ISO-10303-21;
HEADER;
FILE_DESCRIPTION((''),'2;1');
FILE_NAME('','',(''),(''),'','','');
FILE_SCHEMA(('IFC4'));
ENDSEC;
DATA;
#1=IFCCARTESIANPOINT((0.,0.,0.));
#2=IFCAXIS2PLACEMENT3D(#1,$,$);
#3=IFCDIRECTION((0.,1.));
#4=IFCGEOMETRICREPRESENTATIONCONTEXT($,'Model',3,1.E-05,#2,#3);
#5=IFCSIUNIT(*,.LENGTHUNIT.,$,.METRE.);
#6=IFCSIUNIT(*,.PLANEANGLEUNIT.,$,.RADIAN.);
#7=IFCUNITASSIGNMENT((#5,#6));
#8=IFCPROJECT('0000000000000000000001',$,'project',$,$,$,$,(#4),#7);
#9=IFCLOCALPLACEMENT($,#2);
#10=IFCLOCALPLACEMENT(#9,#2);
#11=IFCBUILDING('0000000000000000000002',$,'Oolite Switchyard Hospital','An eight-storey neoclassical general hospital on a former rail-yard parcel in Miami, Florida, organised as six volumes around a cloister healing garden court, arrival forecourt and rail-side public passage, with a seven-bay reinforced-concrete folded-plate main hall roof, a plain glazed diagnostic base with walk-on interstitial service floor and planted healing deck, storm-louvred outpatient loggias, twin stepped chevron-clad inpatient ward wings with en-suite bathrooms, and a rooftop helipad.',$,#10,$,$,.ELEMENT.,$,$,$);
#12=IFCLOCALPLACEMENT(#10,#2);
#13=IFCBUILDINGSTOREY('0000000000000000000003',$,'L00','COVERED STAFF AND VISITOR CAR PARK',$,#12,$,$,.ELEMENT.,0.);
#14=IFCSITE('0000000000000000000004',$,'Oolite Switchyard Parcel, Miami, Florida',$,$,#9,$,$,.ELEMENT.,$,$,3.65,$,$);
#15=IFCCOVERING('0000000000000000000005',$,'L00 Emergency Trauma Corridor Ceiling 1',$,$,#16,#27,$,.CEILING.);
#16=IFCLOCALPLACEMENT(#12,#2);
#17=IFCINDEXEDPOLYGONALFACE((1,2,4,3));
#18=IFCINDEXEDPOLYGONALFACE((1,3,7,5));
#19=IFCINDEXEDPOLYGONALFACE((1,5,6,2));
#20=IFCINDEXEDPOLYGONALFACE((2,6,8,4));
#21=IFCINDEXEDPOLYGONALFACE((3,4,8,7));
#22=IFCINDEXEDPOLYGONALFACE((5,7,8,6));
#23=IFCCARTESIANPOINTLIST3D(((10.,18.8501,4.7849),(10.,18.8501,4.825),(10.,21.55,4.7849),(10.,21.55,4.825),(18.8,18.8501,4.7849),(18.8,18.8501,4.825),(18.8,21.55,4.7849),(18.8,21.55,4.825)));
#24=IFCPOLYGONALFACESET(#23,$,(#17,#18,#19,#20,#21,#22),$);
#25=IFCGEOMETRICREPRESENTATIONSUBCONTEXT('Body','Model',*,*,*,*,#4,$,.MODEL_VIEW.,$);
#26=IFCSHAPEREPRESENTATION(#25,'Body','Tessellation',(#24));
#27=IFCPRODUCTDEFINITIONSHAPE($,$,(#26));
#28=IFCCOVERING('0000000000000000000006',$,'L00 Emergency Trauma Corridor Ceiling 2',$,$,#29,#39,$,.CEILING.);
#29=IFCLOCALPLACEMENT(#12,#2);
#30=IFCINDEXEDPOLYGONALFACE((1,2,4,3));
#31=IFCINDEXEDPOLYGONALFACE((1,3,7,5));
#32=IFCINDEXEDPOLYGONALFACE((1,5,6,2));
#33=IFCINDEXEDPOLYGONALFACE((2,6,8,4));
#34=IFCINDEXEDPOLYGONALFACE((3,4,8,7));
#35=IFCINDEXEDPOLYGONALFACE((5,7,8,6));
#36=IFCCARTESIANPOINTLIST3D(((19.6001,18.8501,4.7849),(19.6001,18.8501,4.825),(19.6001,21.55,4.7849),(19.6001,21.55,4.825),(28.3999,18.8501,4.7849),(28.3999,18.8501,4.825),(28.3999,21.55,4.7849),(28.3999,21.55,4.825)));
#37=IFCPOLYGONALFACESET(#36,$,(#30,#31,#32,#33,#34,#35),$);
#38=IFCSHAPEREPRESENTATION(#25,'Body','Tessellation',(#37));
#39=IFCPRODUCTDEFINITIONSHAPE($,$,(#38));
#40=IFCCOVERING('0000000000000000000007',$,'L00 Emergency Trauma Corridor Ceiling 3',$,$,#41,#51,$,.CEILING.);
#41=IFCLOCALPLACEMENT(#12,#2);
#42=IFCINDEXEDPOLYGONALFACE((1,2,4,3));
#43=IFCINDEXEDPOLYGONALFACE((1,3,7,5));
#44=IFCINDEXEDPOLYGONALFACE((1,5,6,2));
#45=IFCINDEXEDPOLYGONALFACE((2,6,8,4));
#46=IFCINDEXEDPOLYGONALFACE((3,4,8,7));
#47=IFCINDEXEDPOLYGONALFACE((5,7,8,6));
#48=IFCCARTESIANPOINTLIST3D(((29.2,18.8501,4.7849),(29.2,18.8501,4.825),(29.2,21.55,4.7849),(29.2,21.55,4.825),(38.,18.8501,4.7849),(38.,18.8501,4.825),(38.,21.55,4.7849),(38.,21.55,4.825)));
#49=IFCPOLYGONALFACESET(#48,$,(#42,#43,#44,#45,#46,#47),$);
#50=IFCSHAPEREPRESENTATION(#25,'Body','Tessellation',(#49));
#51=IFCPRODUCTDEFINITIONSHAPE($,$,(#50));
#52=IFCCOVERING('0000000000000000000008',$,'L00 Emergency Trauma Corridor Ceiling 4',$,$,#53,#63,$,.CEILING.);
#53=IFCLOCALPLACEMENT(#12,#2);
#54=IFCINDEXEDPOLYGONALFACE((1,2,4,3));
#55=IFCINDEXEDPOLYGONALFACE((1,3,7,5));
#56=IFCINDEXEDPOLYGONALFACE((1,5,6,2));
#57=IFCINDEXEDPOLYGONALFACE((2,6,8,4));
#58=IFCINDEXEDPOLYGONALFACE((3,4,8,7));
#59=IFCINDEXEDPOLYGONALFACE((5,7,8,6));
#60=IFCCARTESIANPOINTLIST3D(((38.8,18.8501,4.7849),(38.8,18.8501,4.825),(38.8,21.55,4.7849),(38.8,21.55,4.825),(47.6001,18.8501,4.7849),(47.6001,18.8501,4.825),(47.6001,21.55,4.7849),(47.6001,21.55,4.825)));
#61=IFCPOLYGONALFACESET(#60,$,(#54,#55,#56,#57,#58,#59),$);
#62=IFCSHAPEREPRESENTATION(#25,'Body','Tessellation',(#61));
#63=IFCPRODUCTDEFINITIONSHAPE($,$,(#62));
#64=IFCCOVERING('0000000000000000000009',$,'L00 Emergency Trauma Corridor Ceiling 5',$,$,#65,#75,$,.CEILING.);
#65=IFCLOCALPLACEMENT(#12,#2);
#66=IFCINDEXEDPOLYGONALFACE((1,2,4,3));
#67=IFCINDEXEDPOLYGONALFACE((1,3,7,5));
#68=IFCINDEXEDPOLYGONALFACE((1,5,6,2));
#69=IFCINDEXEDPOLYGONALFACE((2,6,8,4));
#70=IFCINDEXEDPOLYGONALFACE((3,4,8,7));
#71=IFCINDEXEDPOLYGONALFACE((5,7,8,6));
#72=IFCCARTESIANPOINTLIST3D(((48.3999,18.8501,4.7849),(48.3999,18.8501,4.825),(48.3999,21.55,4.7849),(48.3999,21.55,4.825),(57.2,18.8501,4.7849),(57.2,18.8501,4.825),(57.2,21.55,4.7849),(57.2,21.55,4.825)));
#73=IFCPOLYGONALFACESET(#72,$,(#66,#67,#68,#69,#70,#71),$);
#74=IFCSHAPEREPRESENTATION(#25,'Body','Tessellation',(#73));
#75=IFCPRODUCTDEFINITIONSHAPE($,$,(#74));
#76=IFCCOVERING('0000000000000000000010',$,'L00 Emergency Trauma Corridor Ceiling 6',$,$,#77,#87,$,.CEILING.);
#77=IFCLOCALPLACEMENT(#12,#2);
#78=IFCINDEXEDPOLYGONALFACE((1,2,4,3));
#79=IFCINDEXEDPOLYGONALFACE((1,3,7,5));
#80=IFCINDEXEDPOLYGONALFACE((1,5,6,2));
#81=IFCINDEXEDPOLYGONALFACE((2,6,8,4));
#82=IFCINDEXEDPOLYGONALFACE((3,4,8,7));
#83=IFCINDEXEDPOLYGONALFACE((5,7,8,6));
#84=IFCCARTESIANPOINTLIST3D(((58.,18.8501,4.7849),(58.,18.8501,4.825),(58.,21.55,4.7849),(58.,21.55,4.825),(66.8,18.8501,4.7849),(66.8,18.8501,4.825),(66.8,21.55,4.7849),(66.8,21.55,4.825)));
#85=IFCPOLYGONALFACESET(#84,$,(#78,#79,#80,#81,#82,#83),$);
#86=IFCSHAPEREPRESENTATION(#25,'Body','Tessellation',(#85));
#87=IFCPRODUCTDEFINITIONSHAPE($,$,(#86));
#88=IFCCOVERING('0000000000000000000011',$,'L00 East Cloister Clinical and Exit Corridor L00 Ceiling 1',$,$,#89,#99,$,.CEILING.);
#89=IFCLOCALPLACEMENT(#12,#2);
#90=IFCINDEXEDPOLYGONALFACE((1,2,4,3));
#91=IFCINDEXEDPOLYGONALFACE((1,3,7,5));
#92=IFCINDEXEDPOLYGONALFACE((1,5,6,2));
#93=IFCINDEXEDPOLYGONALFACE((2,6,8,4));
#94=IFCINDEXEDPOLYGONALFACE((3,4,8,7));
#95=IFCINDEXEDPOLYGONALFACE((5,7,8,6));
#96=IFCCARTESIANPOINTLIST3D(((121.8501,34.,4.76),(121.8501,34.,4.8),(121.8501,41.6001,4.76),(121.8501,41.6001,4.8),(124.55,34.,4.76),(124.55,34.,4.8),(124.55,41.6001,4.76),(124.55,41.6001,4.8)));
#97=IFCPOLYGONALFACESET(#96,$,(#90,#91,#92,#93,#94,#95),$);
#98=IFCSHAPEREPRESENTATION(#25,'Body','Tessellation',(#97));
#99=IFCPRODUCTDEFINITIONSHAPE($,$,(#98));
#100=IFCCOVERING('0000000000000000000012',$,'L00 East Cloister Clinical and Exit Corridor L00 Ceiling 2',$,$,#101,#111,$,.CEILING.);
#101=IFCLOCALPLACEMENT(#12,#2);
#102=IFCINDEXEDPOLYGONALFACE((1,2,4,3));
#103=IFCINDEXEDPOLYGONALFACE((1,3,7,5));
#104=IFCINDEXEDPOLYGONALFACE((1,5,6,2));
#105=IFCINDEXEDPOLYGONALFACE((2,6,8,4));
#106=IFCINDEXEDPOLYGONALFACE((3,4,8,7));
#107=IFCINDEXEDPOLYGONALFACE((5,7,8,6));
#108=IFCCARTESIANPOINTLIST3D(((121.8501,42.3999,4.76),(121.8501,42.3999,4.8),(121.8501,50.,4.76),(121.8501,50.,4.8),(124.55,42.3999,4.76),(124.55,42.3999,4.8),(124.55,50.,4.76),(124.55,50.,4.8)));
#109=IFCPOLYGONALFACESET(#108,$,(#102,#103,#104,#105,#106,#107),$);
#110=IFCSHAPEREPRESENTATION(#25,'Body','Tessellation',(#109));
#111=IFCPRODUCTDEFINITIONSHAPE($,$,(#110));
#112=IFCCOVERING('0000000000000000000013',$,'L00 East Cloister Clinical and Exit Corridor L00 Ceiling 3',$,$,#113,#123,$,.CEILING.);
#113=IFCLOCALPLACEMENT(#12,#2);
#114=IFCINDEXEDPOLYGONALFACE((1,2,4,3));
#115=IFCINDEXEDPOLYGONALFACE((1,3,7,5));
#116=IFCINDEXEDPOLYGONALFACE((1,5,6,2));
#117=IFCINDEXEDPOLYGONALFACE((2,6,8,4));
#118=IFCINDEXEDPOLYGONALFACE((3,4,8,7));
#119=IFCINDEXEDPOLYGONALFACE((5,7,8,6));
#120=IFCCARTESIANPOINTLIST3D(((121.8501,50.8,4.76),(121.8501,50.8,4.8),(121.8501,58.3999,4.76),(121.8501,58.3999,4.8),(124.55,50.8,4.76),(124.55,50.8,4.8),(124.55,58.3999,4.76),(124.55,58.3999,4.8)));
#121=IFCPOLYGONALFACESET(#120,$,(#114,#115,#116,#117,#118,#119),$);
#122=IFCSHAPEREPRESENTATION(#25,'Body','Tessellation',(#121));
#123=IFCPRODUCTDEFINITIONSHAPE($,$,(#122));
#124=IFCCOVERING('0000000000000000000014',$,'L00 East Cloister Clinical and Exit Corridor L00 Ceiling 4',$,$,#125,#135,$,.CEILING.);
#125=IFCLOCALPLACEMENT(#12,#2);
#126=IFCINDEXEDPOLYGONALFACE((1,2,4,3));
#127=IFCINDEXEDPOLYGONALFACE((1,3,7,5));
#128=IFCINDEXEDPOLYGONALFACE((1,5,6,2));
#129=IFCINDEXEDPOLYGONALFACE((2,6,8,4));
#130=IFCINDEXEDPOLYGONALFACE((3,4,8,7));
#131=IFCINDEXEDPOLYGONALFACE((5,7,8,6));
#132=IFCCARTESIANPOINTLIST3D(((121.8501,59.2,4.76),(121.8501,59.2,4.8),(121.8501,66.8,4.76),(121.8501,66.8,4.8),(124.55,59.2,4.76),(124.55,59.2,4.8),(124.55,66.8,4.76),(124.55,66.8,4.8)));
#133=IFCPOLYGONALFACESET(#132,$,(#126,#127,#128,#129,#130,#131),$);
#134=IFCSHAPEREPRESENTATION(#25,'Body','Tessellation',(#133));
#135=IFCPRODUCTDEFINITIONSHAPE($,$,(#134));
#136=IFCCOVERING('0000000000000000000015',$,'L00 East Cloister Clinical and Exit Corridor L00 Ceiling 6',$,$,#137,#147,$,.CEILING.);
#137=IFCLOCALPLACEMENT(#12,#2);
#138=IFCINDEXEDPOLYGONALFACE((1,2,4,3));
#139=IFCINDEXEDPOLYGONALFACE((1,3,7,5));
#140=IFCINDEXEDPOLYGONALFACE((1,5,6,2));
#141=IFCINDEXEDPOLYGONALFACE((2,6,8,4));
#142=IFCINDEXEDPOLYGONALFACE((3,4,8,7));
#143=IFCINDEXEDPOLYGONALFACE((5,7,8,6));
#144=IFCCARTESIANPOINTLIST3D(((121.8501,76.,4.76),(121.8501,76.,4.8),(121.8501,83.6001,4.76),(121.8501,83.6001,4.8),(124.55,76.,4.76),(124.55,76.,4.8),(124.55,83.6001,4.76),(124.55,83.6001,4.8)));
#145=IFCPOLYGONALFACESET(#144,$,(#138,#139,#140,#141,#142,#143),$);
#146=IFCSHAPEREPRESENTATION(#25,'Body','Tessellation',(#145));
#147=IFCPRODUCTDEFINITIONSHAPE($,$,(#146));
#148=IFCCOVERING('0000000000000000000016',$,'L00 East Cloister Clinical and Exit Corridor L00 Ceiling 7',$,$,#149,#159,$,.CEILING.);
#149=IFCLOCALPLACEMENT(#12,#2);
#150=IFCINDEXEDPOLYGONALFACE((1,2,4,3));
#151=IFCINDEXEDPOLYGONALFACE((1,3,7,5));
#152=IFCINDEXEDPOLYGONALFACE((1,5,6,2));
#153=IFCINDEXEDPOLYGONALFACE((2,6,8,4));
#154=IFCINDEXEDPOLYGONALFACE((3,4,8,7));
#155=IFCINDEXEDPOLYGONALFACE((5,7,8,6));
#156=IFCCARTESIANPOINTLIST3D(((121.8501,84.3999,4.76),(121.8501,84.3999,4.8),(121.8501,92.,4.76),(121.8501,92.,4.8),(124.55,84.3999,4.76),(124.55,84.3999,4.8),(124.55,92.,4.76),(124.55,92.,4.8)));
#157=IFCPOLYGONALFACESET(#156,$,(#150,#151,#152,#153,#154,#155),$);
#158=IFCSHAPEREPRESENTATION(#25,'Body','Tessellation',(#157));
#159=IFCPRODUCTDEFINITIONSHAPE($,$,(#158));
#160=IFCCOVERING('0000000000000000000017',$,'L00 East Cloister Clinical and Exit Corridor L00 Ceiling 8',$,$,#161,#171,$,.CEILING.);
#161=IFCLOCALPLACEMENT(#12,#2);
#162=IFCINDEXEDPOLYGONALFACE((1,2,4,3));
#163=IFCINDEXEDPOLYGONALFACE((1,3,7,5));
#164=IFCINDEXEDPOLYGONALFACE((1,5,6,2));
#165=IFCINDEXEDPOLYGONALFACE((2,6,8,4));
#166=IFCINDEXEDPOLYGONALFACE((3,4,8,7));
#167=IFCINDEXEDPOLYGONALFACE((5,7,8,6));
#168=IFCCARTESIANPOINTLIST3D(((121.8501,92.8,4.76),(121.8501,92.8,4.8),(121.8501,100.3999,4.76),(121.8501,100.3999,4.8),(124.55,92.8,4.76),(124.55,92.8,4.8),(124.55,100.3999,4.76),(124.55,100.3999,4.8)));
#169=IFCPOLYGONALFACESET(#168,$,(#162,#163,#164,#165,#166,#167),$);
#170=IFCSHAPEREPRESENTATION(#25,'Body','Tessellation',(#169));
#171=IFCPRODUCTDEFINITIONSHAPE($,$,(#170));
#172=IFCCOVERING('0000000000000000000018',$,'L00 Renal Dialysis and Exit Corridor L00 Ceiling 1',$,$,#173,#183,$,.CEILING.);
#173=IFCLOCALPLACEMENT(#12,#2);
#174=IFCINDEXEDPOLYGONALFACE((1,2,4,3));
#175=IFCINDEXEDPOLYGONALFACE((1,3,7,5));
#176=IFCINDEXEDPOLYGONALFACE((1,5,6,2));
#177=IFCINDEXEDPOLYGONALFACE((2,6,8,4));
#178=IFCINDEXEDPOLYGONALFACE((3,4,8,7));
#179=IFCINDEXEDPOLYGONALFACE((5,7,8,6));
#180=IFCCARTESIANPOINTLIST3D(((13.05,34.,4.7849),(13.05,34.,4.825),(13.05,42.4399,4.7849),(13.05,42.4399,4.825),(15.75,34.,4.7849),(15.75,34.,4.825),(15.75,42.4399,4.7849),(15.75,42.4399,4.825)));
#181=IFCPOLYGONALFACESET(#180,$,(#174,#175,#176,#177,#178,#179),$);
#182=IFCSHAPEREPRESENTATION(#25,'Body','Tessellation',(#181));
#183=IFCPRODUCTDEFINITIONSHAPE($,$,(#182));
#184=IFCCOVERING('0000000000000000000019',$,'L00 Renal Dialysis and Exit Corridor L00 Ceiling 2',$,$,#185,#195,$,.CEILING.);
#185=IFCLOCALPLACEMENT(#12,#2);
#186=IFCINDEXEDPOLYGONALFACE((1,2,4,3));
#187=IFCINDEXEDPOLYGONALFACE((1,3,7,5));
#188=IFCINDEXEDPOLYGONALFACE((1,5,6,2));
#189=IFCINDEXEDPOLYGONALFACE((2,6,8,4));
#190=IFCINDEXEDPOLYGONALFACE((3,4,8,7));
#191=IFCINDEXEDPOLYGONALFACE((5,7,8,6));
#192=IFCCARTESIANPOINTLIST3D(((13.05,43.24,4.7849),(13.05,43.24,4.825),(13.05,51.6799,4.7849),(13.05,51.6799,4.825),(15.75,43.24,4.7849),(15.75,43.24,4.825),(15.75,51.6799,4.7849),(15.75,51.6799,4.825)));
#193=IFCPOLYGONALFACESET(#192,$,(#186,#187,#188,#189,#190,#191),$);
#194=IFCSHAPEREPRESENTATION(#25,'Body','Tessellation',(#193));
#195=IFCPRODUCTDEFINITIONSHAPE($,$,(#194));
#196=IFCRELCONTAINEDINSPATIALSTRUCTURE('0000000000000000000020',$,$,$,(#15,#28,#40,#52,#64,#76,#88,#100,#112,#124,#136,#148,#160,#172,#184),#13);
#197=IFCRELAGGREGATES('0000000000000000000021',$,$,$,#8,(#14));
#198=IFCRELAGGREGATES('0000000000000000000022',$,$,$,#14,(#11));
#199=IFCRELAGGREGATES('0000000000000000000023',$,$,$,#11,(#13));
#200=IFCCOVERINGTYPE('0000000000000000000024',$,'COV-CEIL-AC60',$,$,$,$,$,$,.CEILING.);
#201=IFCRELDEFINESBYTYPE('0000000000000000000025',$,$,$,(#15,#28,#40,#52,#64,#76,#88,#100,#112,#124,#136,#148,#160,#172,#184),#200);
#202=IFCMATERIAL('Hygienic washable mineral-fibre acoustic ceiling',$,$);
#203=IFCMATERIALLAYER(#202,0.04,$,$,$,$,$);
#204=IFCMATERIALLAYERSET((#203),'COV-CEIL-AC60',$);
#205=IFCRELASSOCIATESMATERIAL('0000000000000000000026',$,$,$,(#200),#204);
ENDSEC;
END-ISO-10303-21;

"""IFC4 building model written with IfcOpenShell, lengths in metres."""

from ifc_helpers import new_model, si_unit, direction, frame, origin, place, context, subcontext, project, spatial, polyline, outline, extrude, material, layer, layer_set, type_object, element, save


model = new_model("IFC4")

# Units and contexts
model_context = context("Model", 3, precision=1e-05, world=origin(), true_north=direction((0.0, 1.0)))
body_context = subcontext(model_context, "Body", "Model", "MODEL_VIEW")
ifc_project = project(units=[si_unit("LENGTHUNIT", "METRE"), si_unit("PLANEANGLEUNIT", "RADIAN")], contexts=[model_context])

# Site, building, storey
site_placement = place(None, origin())
site = spatial("IfcSite", under=ifc_project, at=site_placement, Name="Oolite Switchyard Parcel, Miami, Florida", CompositionType="ELEMENT", RefElevation=3.65)
building_placement = place(site_placement, origin())
building = spatial("IfcBuilding", under=site, at=building_placement, Name="Oolite Switchyard Hospital", Description="An eight-storey neoclassical general hospital on a former rail-yard parcel in Miami, Florida, organised as six volumes around a cloister healing garden court, arrival forecourt and rail-side public passage, with a seven-bay reinforced-concrete folded-plate main hall roof, a plain glazed diagnostic base with walk-on interstitial service floor and planted healing deck, storm-louvred outpatient loggias, twin stepped chevron-clad inpatient ward wings with en-suite bathrooms, and a rooftop helipad.", CompositionType="ELEMENT")
storey_placement = place(building_placement, origin())
storey = spatial("IfcBuildingStorey", under=building, at=storey_placement, Name="L00", Description="COVERED STAFF AND VISITOR CAR PARK", CompositionType="ELEMENT", Elevation=0.0)

# Coverings
ifc_material = material(Name="Hygienic washable mineral-fibre acoustic ceiling")
ifc_layer = layer(ifc_material, 0.04)
ifc_layer_set = layer_set([ifc_layer], Name="COV-CEIL-AC60")
covering_type = type_object("IfcCoveringType", Name="COV-CEIL-AC60", PredefinedType="CEILING", material=ifc_layer_set)
covering_1_placement = place(storey_placement, frame((0.0, 0.0, 4.7849)))
element("IfcCovering", 1, at=covering_1_placement, inside=storey, type_object=covering_type, Name="L00 Emergency Trauma Corridor Ceiling 1", PredefinedType="CEILING", context=body_context, shape_type="SweptSolid", body=[
    extrude(outline(polyline([(10.0, 18.8501), (18.8, 18.8501), (18.8, 21.55), (10.0, 21.55), (10.0, 18.8501)])), origin(), (0.0, 0.0, 1.0), 0.04),
])
covering_2_placement = place(storey_placement, frame((0.0, 0.0, 4.7849)))
element("IfcCovering", 2, at=covering_2_placement, inside=storey, type_object=covering_type, Name="L00 Emergency Trauma Corridor Ceiling 2", PredefinedType="CEILING", context=body_context, shape_type="SweptSolid", body=[
    extrude(outline(polyline([(19.6001, 18.8501), (28.3999, 18.8501), (28.3999, 21.55), (19.6001, 21.55), (19.6001, 18.8501)])), origin(), (0.0, 0.0, 1.0), 0.04),
])
covering_3_placement = place(storey_placement, frame((0.0, 0.0, 4.7849)))
element("IfcCovering", 3, at=covering_3_placement, inside=storey, type_object=covering_type, Name="L00 Emergency Trauma Corridor Ceiling 3", PredefinedType="CEILING", context=body_context, shape_type="SweptSolid", body=[
    extrude(outline(polyline([(29.2, 18.8501), (38.0, 18.8501), (38.0, 21.55), (29.2, 21.55), (29.2, 18.8501)])), origin(), (0.0, 0.0, 1.0), 0.04),
])
covering_4_placement = place(storey_placement, frame((0.0, 0.0, 4.7849)))
element("IfcCovering", 4, at=covering_4_placement, inside=storey, type_object=covering_type, Name="L00 Emergency Trauma Corridor Ceiling 4", PredefinedType="CEILING", context=body_context, shape_type="SweptSolid", body=[
    extrude(outline(polyline([(38.8, 18.8501), (47.6001, 18.8501), (47.6001, 21.55), (38.8, 21.55), (38.8, 18.8501)])), origin(), (0.0, 0.0, 1.0), 0.04),
])
covering_5_placement = place(storey_placement, frame((0.0, 0.0, 4.7849)))
element("IfcCovering", 5, at=covering_5_placement, inside=storey, type_object=covering_type, Name="L00 Emergency Trauma Corridor Ceiling 5", PredefinedType="CEILING", context=body_context, shape_type="SweptSolid", body=[
    extrude(outline(polyline([(48.3999, 18.8501), (57.2, 18.8501), (57.2, 21.55), (48.3999, 21.55), (48.3999, 18.8501)])), origin(), (0.0, 0.0, 1.0), 0.04),
])
covering_6_placement = place(storey_placement, frame((0.0, 0.0, 4.7849)))
element("IfcCovering", 6, at=covering_6_placement, inside=storey, type_object=covering_type, Name="L00 Emergency Trauma Corridor Ceiling 6", PredefinedType="CEILING", context=body_context, shape_type="SweptSolid", body=[
    extrude(outline(polyline([(58.0, 18.8501), (66.8, 18.8501), (66.8, 21.55), (58.0, 21.55), (58.0, 18.8501)])), origin(), (0.0, 0.0, 1.0), 0.04),
])
covering_7_placement = place(storey_placement, frame((0.0, 0.0, 4.76)))
element("IfcCovering", 7, at=covering_7_placement, inside=storey, type_object=covering_type, Name="L00 East Cloister Clinical and Exit Corridor L00 Ceiling 1", PredefinedType="CEILING", context=body_context, shape_type="SweptSolid", body=[
    extrude(outline(polyline([(121.8501, 34.0), (124.55, 34.0), (124.55, 41.6001), (121.8501, 41.6001), (121.8501, 34.0)])), origin(), (0.0, 0.0, 1.0), 0.04),
])
covering_8_placement = place(storey_placement, frame((0.0, 0.0, 4.76)))
element("IfcCovering", 8, at=covering_8_placement, inside=storey, type_object=covering_type, Name="L00 East Cloister Clinical and Exit Corridor L00 Ceiling 2", PredefinedType="CEILING", context=body_context, shape_type="SweptSolid", body=[
    extrude(outline(polyline([(121.8501, 42.3999), (124.55, 42.3999), (124.55, 50.0), (121.8501, 50.0), (121.8501, 42.3999)])), origin(), (0.0, 0.0, 1.0), 0.04),
])
covering_9_placement = place(storey_placement, frame((0.0, 0.0, 4.76)))
element("IfcCovering", 9, at=covering_9_placement, inside=storey, type_object=covering_type, Name="L00 East Cloister Clinical and Exit Corridor L00 Ceiling 3", PredefinedType="CEILING", context=body_context, shape_type="SweptSolid", body=[
    extrude(outline(polyline([(121.8501, 50.8), (124.55, 50.8), (124.55, 58.3999), (121.8501, 58.3999), (121.8501, 50.8)])), origin(), (0.0, 0.0, 1.0), 0.04),
])
covering_10_placement = place(storey_placement, frame((0.0, 0.0, 4.76)))
element("IfcCovering", 10, at=covering_10_placement, inside=storey, type_object=covering_type, Name="L00 East Cloister Clinical and Exit Corridor L00 Ceiling 4", PredefinedType="CEILING", context=body_context, shape_type="SweptSolid", body=[
    extrude(outline(polyline([(121.8501, 59.2), (124.55, 59.2), (124.55, 66.8), (121.8501, 66.8), (121.8501, 59.2)])), origin(), (0.0, 0.0, 1.0), 0.04),
])
covering_11_placement = place(storey_placement, frame((0.0, 0.0, 4.76)))
element("IfcCovering", 11, at=covering_11_placement, inside=storey, type_object=covering_type, Name="L00 East Cloister Clinical and Exit Corridor L00 Ceiling 6", PredefinedType="CEILING", context=body_context, shape_type="SweptSolid", body=[
    extrude(outline(polyline([(121.8501, 76.0), (124.55, 76.0), (124.55, 83.6001), (121.8501, 83.6001), (121.8501, 76.0)])), origin(), (0.0, 0.0, 1.0), 0.04),
])
covering_12_placement = place(storey_placement, frame((0.0, 0.0, 4.76)))
element("IfcCovering", 12, at=covering_12_placement, inside=storey, type_object=covering_type, Name="L00 East Cloister Clinical and Exit Corridor L00 Ceiling 7", PredefinedType="CEILING", context=body_context, shape_type="SweptSolid", body=[
    extrude(outline(polyline([(121.8501, 84.3999), (124.55, 84.3999), (124.55, 92.0), (121.8501, 92.0), (121.8501, 84.3999)])), origin(), (0.0, 0.0, 1.0), 0.04),
])
covering_13_placement = place(storey_placement, frame((0.0, 0.0, 4.76)))
element("IfcCovering", 13, at=covering_13_placement, inside=storey, type_object=covering_type, Name="L00 East Cloister Clinical and Exit Corridor L00 Ceiling 8", PredefinedType="CEILING", context=body_context, shape_type="SweptSolid", body=[
    extrude(outline(polyline([(121.8501, 92.8), (124.55, 92.8), (124.55, 100.3999), (121.8501, 100.3999), (121.8501, 92.8)])), origin(), (0.0, 0.0, 1.0), 0.04),
])
covering_14_placement = place(storey_placement, frame((0.0, 0.0, 4.7849)))
element("IfcCovering", 14, at=covering_14_placement, inside=storey, type_object=covering_type, Name="L00 Renal Dialysis and Exit Corridor L00 Ceiling 1", PredefinedType="CEILING", context=body_context, shape_type="SweptSolid", body=[
    extrude(outline(polyline([(13.05, 34.0), (15.75, 34.0), (15.75, 42.4399), (13.05, 42.4399), (13.05, 34.0)])), origin(), (0.0, 0.0, 1.0), 0.04),
])
covering_15_placement = place(storey_placement, frame((0.0, 0.0, 4.7849)))
element("IfcCovering", 15, at=covering_15_placement, inside=storey, type_object=covering_type, Name="L00 Renal Dialysis and Exit Corridor L00 Ceiling 2", PredefinedType="CEILING", context=body_context, shape_type="SweptSolid", body=[
    extrude(outline(polyline([(13.05, 43.24), (15.75, 43.24), (15.75, 51.6799), (13.05, 51.6799), (13.05, 43.24)])), origin(), (0.0, 0.0, 1.0), 0.04),
])

save(model, "model.ifc")
